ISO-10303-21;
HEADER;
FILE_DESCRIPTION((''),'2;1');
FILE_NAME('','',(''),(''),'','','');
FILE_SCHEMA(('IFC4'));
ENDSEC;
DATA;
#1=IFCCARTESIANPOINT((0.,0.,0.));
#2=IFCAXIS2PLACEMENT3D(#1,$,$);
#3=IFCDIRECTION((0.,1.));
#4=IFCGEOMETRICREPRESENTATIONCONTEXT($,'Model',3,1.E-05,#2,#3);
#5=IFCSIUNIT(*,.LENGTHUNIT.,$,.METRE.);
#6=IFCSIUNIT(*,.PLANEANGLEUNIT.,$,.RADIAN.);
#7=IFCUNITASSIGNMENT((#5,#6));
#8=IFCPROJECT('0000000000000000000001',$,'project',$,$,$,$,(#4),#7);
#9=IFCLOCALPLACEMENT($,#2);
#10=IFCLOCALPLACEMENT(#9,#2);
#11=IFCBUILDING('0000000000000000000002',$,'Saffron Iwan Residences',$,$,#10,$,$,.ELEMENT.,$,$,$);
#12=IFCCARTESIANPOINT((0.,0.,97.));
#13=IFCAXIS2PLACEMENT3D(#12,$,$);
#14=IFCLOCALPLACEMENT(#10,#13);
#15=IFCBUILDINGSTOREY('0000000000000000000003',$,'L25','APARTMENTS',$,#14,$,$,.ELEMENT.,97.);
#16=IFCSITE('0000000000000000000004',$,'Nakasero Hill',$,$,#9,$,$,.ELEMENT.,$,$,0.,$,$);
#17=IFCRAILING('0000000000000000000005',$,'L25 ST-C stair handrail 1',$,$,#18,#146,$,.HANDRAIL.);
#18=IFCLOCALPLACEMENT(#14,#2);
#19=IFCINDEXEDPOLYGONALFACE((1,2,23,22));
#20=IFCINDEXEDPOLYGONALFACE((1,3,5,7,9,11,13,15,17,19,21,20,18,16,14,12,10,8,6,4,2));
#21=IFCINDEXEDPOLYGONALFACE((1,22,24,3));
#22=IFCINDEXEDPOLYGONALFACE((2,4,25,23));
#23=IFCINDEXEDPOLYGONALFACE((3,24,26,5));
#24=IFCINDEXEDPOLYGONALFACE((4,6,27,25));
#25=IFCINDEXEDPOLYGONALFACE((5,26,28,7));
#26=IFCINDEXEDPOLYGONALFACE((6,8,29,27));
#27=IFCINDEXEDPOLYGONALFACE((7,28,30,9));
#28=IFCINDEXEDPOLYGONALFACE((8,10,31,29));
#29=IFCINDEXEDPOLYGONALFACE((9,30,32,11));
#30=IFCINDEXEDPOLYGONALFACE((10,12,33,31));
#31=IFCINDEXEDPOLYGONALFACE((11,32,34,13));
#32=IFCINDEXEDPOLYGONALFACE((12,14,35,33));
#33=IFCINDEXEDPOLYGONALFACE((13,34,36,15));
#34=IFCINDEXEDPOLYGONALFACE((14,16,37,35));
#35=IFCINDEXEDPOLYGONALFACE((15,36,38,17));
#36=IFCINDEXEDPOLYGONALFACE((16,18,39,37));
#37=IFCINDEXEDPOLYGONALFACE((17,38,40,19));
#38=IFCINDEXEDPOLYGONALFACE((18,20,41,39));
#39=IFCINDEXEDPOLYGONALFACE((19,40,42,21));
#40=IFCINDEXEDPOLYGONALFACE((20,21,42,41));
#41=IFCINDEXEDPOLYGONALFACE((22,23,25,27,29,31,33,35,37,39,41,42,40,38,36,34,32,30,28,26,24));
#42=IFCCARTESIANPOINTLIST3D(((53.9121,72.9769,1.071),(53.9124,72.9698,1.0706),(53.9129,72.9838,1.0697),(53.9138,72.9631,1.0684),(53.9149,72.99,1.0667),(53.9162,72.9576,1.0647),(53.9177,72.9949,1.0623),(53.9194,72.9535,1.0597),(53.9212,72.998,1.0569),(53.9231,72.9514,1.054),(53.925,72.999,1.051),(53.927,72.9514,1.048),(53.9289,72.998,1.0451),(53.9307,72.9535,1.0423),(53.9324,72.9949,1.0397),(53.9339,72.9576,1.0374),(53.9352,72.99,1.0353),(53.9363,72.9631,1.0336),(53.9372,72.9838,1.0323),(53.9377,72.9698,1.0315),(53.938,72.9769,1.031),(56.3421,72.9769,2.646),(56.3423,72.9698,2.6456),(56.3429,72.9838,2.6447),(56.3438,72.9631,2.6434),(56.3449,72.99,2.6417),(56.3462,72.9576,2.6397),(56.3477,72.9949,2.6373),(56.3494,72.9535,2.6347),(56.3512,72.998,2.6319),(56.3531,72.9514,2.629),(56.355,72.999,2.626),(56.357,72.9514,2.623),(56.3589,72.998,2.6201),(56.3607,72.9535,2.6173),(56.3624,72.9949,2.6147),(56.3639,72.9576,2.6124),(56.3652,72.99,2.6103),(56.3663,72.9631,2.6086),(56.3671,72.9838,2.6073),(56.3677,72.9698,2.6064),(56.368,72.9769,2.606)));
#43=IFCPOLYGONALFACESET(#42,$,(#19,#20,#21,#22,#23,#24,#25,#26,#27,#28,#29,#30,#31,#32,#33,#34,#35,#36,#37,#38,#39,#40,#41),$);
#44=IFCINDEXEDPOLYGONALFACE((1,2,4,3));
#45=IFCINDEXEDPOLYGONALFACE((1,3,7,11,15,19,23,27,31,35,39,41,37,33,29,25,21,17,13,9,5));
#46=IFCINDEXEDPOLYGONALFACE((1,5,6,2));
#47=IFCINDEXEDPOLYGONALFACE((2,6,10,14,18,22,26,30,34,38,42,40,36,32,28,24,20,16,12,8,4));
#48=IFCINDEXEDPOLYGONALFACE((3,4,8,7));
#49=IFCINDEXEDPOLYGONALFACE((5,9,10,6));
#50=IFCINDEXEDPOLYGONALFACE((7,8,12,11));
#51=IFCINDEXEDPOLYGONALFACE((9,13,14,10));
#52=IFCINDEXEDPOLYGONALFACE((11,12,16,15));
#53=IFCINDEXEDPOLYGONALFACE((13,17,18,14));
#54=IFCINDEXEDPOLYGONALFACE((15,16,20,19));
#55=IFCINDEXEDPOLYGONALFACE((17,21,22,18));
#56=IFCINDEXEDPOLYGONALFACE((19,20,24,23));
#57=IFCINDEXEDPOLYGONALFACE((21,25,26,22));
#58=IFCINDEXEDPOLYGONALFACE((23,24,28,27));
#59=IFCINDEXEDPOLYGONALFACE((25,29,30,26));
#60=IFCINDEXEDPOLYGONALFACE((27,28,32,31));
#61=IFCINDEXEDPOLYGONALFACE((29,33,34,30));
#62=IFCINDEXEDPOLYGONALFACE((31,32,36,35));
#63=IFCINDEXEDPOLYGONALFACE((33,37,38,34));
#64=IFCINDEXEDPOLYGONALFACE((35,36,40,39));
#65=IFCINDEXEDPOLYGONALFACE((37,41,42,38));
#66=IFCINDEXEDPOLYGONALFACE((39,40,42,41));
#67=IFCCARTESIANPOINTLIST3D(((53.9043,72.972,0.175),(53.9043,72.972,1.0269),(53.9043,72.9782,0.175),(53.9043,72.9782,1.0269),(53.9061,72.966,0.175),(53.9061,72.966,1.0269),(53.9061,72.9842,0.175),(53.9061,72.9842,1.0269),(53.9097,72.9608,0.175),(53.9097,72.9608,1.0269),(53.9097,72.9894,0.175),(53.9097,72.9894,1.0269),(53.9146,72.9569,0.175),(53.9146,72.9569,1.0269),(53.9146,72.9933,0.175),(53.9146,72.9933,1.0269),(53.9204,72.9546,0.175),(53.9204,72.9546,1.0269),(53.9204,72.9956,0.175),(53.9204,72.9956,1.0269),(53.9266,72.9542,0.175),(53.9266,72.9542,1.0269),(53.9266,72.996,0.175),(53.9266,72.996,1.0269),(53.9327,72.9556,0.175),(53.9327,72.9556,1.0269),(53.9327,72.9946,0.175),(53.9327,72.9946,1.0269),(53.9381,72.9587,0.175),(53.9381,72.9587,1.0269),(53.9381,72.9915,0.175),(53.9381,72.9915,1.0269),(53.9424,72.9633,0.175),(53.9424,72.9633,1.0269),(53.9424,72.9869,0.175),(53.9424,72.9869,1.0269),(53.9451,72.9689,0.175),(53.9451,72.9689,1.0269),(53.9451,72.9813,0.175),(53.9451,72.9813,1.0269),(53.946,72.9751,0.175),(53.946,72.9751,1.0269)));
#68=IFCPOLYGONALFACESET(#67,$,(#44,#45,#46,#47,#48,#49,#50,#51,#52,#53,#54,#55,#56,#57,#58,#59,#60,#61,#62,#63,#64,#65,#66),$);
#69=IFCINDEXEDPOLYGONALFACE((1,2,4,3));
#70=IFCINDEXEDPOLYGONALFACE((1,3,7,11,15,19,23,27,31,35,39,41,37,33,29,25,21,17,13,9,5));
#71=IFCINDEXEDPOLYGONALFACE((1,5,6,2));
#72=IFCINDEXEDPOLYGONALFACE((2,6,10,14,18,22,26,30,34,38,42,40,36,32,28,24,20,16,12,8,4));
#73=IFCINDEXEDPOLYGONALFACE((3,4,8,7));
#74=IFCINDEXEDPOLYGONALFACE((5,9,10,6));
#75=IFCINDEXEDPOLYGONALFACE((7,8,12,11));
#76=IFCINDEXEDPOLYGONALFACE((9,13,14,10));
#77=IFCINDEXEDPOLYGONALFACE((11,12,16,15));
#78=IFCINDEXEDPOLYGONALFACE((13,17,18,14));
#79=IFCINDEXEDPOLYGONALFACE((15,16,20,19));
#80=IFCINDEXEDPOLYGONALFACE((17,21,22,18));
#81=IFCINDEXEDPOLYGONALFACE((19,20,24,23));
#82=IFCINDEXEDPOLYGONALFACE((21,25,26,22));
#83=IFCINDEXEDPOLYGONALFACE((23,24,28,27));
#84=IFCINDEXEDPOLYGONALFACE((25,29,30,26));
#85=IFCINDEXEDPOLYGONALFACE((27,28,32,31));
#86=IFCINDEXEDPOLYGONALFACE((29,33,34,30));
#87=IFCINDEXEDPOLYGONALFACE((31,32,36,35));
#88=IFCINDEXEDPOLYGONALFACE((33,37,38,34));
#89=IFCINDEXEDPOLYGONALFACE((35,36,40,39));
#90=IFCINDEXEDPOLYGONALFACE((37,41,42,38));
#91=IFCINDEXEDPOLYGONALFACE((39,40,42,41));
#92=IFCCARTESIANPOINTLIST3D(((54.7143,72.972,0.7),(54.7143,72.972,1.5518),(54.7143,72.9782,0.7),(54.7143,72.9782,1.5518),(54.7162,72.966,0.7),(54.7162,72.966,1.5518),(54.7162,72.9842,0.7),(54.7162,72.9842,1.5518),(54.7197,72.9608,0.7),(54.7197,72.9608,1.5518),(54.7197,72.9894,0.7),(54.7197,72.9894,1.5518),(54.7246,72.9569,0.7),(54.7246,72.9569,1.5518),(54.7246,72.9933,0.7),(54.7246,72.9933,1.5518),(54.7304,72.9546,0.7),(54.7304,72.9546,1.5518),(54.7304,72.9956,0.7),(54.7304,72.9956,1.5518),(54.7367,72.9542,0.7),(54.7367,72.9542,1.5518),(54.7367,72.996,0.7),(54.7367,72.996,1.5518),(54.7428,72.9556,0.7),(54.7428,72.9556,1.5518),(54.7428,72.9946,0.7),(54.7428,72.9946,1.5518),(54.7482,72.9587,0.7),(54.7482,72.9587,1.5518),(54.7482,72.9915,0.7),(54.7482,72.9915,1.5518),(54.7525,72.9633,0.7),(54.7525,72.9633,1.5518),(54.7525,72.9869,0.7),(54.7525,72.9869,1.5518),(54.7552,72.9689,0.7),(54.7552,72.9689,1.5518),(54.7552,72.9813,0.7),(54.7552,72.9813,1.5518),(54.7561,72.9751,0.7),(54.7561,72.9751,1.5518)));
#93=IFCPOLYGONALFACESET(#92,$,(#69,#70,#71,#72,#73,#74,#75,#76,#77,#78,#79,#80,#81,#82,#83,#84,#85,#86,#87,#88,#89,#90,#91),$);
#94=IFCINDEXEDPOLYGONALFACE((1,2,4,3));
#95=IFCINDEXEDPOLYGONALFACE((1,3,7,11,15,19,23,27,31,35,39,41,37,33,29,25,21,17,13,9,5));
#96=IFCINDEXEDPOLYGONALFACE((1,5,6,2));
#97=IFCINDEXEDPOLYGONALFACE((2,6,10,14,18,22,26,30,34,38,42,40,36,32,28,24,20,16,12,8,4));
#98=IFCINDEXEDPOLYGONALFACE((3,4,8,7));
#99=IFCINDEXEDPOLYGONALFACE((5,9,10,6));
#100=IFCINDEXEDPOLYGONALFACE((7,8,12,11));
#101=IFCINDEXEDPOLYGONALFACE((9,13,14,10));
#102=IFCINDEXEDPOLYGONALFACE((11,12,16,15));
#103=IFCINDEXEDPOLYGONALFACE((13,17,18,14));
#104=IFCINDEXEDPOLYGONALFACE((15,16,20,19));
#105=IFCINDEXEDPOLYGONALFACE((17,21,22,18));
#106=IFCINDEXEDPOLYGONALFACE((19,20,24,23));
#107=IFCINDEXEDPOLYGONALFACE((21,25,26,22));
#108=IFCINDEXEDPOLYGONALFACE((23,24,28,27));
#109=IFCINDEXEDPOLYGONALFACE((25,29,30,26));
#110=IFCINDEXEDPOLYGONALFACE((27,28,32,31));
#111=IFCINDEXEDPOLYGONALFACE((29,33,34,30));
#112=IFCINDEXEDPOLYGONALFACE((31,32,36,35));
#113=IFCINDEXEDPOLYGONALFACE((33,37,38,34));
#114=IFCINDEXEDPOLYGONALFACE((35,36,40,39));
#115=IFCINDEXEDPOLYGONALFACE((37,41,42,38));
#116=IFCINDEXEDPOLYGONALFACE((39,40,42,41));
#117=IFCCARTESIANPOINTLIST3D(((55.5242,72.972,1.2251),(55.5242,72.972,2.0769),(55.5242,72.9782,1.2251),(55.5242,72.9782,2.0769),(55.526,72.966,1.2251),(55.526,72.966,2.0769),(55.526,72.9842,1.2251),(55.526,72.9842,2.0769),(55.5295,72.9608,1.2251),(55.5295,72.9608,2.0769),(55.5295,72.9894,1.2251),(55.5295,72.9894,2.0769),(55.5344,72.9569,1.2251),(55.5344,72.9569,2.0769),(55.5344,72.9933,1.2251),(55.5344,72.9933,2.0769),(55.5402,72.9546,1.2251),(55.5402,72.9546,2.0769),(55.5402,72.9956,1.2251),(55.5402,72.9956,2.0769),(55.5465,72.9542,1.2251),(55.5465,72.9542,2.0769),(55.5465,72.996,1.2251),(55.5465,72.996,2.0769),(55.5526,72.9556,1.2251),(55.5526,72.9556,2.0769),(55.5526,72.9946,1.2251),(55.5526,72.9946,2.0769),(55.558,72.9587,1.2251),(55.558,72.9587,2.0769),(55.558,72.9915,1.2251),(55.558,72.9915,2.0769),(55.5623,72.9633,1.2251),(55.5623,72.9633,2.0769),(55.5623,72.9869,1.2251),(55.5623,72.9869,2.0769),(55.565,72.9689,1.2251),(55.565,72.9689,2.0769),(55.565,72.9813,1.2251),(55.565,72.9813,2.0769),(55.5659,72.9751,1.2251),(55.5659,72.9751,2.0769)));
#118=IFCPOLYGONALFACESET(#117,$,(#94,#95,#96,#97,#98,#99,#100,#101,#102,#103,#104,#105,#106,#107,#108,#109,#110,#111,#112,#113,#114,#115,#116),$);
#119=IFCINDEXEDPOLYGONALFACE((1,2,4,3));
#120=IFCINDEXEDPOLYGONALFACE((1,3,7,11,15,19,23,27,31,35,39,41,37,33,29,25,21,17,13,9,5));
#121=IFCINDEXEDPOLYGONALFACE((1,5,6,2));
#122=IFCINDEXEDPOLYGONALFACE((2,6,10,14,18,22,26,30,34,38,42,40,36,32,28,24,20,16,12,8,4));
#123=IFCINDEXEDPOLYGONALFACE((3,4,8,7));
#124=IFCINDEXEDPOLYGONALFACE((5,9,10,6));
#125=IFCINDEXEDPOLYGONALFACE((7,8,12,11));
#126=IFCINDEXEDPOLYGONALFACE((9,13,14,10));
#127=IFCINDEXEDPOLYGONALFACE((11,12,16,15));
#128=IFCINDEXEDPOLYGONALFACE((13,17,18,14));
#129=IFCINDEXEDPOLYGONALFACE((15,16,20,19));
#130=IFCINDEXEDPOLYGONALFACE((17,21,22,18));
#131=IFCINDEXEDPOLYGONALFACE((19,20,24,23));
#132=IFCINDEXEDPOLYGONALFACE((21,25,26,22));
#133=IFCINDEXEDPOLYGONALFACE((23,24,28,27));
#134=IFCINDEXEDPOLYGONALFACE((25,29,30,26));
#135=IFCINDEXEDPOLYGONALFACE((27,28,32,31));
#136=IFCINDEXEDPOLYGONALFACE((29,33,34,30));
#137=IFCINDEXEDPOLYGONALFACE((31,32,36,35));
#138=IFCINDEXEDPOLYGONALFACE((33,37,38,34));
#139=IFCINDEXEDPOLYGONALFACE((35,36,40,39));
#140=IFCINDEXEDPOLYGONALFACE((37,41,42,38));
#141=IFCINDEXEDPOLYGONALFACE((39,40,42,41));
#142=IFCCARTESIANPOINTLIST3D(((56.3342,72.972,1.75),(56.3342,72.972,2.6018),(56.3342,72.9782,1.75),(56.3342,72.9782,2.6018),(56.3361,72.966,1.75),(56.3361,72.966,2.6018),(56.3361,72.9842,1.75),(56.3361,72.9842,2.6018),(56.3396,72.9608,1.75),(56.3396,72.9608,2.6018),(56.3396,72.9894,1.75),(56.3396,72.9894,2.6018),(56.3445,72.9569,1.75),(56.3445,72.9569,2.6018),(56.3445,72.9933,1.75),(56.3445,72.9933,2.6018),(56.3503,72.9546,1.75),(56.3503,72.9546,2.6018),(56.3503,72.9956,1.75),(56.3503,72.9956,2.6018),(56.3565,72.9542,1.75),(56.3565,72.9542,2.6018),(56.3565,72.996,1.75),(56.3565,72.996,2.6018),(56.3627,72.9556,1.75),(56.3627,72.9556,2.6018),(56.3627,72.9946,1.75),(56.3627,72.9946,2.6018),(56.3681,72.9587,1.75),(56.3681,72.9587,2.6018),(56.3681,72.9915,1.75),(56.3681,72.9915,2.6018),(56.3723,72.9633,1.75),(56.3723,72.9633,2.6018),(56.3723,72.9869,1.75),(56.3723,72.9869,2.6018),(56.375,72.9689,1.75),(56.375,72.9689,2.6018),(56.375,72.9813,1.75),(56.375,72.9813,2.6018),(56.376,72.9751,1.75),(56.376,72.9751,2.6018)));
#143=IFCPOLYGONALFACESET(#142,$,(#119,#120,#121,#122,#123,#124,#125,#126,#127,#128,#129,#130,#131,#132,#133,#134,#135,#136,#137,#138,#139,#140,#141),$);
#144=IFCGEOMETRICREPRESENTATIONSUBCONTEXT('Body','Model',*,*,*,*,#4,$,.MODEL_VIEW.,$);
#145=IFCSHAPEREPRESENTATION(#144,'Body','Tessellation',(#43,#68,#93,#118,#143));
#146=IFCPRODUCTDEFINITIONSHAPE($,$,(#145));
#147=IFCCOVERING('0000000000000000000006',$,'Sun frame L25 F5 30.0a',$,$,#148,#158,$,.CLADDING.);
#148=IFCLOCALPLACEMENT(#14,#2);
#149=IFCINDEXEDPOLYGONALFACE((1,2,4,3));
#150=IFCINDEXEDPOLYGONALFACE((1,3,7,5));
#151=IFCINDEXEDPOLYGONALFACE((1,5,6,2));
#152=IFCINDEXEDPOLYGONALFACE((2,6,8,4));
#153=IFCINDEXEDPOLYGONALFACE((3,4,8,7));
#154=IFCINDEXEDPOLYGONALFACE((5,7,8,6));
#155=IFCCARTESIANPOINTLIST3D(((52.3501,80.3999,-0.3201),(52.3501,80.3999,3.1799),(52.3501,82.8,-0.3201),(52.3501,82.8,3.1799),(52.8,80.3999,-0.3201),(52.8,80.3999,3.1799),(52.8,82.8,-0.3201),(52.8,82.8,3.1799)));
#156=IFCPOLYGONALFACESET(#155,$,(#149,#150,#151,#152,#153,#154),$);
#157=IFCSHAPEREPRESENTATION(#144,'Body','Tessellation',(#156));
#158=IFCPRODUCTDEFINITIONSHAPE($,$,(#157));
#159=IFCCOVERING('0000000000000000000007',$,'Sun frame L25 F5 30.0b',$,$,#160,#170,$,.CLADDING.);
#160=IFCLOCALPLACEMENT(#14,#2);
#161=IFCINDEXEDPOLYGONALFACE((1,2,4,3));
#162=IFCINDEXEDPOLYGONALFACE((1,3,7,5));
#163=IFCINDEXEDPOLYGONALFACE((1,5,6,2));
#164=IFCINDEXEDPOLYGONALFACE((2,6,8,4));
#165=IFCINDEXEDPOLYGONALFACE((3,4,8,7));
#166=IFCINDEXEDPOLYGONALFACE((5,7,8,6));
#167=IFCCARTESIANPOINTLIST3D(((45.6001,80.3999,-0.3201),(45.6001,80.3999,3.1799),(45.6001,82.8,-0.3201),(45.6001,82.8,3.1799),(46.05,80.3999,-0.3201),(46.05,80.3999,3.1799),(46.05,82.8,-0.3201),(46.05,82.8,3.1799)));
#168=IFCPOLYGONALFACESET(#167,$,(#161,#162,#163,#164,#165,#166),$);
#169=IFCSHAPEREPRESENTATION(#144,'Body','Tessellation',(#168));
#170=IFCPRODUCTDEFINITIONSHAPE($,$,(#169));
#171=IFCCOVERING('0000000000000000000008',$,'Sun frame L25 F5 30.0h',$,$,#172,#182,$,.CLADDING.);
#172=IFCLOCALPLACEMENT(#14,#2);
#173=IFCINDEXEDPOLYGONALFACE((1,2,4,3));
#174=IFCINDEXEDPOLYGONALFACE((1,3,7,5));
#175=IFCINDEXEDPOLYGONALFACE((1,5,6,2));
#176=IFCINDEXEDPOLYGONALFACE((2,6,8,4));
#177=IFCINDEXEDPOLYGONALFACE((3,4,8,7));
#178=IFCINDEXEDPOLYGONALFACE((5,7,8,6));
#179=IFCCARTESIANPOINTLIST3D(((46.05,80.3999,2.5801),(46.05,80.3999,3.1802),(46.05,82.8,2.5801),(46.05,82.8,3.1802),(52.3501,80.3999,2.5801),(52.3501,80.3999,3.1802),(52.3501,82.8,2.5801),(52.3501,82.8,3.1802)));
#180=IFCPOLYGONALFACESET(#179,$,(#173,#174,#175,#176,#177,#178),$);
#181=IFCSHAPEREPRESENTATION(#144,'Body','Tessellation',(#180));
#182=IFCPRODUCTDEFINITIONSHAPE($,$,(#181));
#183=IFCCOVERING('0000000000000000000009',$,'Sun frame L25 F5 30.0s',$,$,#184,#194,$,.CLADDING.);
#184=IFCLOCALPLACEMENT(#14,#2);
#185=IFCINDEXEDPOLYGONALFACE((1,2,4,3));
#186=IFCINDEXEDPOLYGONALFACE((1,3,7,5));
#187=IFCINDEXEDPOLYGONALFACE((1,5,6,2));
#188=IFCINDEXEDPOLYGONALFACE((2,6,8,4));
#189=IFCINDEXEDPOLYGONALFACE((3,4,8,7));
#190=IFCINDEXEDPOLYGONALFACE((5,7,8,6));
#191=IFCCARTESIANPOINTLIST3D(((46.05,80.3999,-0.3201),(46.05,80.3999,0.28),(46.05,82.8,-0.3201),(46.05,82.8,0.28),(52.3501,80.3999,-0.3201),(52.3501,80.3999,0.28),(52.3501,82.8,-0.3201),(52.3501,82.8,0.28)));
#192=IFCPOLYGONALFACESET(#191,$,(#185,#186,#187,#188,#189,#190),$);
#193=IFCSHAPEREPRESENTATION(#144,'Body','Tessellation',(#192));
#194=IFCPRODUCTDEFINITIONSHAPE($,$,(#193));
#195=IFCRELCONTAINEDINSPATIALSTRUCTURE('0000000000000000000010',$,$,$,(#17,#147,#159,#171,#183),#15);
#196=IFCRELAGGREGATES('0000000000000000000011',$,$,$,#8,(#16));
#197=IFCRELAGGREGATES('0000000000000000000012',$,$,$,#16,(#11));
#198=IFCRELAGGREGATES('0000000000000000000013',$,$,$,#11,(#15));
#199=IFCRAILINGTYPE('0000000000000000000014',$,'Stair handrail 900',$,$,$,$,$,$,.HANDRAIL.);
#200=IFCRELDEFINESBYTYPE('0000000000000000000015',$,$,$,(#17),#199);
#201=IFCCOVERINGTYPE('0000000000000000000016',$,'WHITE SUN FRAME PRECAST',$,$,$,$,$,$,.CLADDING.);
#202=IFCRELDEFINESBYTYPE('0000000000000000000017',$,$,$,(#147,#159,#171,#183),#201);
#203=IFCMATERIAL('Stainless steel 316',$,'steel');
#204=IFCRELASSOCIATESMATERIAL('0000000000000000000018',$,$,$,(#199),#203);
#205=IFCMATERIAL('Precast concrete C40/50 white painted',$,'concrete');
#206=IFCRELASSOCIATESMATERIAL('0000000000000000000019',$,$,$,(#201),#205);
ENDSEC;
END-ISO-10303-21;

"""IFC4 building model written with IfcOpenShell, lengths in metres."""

from ifc_helpers import new_model, si_unit, direction, frame, origin, origin_2d, place, context, subcontext, project, spatial, polyline, circle, outline, extrude, material, type_object, element, save


model = new_model("IFC4")

# Units and contexts
model_context = context("Model", 3, precision=1e-05, world=origin(), true_north=direction((0.0, 1.0)))
body_context = subcontext(model_context, "Body", "Model", "MODEL_VIEW")
ifc_project = project(units=[si_unit("LENGTHUNIT", "METRE"), si_unit("PLANEANGLEUNIT", "RADIAN")], contexts=[model_context])

# Site, building, storey
site_placement = place(None, origin())
site = spatial("IfcSite", under=ifc_project, at=site_placement, Name="Nakasero Hill", CompositionType="ELEMENT", RefElevation=0.0)
building_placement = place(site_placement, origin())
building = spatial("IfcBuilding", under=site, at=building_placement, Name="Saffron Iwan Residences", CompositionType="ELEMENT")
storey_placement = place(building_placement, frame((0.0, 0.0, 97.0)))
storey = spatial("IfcBuildingStorey", under=building, at=storey_placement, Name="L25", Description="APARTMENTS", CompositionType="ELEMENT", Elevation=97.0)

# Railing
ifc_material_1 = material(Name="Stainless steel 316", Category="steel")
railing_type_1 = type_object("IfcRailingType", Name="Stair handrail 900", PredefinedType="HANDRAIL", material=ifc_material_1)
railing_1_placement = place(storey_placement, frame((53.925, 72.9751, 0.175)))
element("IfcRailing", 1, at=railing_1_placement, inside=storey, type_object=railing_type_1, Name="L25 ST-C stair handrail 1", PredefinedType="HANDRAIL", context=body_context, shape_type="SweptSolid", body=[
    extrude(circle(Radius=0.0239, at=origin_2d()), frame((0.0, 0.0, 0.876), z_axis=(0.839154, 0.0, 0.543894), x_axis=(0.0, 1.0, 0.0)), (0.0, 0.0, 1.0), 2.8958),
    extrude(circle(Radius=0.021, at=origin_2d()), origin(), (0.0, 0.0, 1.0), 0.8518),
    extrude(circle(Radius=0.021, at=origin_2d()), frame((0.8101, 0.0, 0.5249)), (0.0, 0.0, 1.0), 0.8518),
    extrude(circle(Radius=0.021, at=origin_2d()), frame((1.6199, 0.0, 1.05)), (0.0, 0.0, 1.0), 0.8518),
    extrude(circle(Radius=0.021, at=origin_2d()), frame((2.4299, 0.0, 1.575)), (0.0, 0.0, 1.0), 0.8518),
])

# Coverings
ifc_material_2 = material(Name="Precast concrete C40/50 white painted", Category="concrete")
covering_type_1 = type_object("IfcCoveringType", Name="WHITE SUN FRAME PRECAST", PredefinedType="CLADDING", material=ifc_material_2)
for number, where, z_axis, x_axis, name in (
    (2, (52.8, 80.3999, -0.3201), (0.0, 1.0, 0.0), (-1.0, 0.0, 0.0), "Sun frame L25 F5 30.0a"),
    (3, (46.05, 80.3999, -0.3201), (0.0, 1.0, 0.0), (-1.0, 0.0, 0.0), "Sun frame L25 F5 30.0b"),
):
    element("IfcCovering", number, at=place(storey_placement, frame(where, z_axis=z_axis, x_axis=x_axis)), inside=storey, type_object=covering_type_1, Name=name, PredefinedType="CLADDING", context=body_context, shape_type="SweptSolid", body=[
        extrude(outline(polyline([(0.0, 0.0), (0.45, 0.0), (0.45, 3.5), (0.0, 3.5), (0.0, 0.0)])), origin(), (0.0, 0.0, 1.0), 2.4001),
    ])
for number, where, z_axis, x_axis, name in (
    (4, (52.3501, 80.3999, 2.5801), (0.0, 1.0, 0.0), (-1.0, 0.0, 0.0), "Sun frame L25 F5 30.0h"),
    (5, (52.3501, 80.3999, -0.3201), (0.0, 1.0, 0.0), (-1.0, 0.0, 0.0), "Sun frame L25 F5 30.0s"),
):
    element("IfcCovering", number, at=place(storey_placement, frame(where, z_axis=z_axis, x_axis=x_axis)), inside=storey, type_object=covering_type_1, Name=name, PredefinedType="CLADDING", context=body_context, shape_type="SweptSolid", body=[
        extrude(outline(polyline([(0.0, 0.0), (6.3, 0.0), (6.3, 0.6001), (0.0, 0.6001), (0.0, 0.0)])), origin(), (0.0, 0.0, 1.0), 2.4001),
    ])

save(model, "model.ifc")
